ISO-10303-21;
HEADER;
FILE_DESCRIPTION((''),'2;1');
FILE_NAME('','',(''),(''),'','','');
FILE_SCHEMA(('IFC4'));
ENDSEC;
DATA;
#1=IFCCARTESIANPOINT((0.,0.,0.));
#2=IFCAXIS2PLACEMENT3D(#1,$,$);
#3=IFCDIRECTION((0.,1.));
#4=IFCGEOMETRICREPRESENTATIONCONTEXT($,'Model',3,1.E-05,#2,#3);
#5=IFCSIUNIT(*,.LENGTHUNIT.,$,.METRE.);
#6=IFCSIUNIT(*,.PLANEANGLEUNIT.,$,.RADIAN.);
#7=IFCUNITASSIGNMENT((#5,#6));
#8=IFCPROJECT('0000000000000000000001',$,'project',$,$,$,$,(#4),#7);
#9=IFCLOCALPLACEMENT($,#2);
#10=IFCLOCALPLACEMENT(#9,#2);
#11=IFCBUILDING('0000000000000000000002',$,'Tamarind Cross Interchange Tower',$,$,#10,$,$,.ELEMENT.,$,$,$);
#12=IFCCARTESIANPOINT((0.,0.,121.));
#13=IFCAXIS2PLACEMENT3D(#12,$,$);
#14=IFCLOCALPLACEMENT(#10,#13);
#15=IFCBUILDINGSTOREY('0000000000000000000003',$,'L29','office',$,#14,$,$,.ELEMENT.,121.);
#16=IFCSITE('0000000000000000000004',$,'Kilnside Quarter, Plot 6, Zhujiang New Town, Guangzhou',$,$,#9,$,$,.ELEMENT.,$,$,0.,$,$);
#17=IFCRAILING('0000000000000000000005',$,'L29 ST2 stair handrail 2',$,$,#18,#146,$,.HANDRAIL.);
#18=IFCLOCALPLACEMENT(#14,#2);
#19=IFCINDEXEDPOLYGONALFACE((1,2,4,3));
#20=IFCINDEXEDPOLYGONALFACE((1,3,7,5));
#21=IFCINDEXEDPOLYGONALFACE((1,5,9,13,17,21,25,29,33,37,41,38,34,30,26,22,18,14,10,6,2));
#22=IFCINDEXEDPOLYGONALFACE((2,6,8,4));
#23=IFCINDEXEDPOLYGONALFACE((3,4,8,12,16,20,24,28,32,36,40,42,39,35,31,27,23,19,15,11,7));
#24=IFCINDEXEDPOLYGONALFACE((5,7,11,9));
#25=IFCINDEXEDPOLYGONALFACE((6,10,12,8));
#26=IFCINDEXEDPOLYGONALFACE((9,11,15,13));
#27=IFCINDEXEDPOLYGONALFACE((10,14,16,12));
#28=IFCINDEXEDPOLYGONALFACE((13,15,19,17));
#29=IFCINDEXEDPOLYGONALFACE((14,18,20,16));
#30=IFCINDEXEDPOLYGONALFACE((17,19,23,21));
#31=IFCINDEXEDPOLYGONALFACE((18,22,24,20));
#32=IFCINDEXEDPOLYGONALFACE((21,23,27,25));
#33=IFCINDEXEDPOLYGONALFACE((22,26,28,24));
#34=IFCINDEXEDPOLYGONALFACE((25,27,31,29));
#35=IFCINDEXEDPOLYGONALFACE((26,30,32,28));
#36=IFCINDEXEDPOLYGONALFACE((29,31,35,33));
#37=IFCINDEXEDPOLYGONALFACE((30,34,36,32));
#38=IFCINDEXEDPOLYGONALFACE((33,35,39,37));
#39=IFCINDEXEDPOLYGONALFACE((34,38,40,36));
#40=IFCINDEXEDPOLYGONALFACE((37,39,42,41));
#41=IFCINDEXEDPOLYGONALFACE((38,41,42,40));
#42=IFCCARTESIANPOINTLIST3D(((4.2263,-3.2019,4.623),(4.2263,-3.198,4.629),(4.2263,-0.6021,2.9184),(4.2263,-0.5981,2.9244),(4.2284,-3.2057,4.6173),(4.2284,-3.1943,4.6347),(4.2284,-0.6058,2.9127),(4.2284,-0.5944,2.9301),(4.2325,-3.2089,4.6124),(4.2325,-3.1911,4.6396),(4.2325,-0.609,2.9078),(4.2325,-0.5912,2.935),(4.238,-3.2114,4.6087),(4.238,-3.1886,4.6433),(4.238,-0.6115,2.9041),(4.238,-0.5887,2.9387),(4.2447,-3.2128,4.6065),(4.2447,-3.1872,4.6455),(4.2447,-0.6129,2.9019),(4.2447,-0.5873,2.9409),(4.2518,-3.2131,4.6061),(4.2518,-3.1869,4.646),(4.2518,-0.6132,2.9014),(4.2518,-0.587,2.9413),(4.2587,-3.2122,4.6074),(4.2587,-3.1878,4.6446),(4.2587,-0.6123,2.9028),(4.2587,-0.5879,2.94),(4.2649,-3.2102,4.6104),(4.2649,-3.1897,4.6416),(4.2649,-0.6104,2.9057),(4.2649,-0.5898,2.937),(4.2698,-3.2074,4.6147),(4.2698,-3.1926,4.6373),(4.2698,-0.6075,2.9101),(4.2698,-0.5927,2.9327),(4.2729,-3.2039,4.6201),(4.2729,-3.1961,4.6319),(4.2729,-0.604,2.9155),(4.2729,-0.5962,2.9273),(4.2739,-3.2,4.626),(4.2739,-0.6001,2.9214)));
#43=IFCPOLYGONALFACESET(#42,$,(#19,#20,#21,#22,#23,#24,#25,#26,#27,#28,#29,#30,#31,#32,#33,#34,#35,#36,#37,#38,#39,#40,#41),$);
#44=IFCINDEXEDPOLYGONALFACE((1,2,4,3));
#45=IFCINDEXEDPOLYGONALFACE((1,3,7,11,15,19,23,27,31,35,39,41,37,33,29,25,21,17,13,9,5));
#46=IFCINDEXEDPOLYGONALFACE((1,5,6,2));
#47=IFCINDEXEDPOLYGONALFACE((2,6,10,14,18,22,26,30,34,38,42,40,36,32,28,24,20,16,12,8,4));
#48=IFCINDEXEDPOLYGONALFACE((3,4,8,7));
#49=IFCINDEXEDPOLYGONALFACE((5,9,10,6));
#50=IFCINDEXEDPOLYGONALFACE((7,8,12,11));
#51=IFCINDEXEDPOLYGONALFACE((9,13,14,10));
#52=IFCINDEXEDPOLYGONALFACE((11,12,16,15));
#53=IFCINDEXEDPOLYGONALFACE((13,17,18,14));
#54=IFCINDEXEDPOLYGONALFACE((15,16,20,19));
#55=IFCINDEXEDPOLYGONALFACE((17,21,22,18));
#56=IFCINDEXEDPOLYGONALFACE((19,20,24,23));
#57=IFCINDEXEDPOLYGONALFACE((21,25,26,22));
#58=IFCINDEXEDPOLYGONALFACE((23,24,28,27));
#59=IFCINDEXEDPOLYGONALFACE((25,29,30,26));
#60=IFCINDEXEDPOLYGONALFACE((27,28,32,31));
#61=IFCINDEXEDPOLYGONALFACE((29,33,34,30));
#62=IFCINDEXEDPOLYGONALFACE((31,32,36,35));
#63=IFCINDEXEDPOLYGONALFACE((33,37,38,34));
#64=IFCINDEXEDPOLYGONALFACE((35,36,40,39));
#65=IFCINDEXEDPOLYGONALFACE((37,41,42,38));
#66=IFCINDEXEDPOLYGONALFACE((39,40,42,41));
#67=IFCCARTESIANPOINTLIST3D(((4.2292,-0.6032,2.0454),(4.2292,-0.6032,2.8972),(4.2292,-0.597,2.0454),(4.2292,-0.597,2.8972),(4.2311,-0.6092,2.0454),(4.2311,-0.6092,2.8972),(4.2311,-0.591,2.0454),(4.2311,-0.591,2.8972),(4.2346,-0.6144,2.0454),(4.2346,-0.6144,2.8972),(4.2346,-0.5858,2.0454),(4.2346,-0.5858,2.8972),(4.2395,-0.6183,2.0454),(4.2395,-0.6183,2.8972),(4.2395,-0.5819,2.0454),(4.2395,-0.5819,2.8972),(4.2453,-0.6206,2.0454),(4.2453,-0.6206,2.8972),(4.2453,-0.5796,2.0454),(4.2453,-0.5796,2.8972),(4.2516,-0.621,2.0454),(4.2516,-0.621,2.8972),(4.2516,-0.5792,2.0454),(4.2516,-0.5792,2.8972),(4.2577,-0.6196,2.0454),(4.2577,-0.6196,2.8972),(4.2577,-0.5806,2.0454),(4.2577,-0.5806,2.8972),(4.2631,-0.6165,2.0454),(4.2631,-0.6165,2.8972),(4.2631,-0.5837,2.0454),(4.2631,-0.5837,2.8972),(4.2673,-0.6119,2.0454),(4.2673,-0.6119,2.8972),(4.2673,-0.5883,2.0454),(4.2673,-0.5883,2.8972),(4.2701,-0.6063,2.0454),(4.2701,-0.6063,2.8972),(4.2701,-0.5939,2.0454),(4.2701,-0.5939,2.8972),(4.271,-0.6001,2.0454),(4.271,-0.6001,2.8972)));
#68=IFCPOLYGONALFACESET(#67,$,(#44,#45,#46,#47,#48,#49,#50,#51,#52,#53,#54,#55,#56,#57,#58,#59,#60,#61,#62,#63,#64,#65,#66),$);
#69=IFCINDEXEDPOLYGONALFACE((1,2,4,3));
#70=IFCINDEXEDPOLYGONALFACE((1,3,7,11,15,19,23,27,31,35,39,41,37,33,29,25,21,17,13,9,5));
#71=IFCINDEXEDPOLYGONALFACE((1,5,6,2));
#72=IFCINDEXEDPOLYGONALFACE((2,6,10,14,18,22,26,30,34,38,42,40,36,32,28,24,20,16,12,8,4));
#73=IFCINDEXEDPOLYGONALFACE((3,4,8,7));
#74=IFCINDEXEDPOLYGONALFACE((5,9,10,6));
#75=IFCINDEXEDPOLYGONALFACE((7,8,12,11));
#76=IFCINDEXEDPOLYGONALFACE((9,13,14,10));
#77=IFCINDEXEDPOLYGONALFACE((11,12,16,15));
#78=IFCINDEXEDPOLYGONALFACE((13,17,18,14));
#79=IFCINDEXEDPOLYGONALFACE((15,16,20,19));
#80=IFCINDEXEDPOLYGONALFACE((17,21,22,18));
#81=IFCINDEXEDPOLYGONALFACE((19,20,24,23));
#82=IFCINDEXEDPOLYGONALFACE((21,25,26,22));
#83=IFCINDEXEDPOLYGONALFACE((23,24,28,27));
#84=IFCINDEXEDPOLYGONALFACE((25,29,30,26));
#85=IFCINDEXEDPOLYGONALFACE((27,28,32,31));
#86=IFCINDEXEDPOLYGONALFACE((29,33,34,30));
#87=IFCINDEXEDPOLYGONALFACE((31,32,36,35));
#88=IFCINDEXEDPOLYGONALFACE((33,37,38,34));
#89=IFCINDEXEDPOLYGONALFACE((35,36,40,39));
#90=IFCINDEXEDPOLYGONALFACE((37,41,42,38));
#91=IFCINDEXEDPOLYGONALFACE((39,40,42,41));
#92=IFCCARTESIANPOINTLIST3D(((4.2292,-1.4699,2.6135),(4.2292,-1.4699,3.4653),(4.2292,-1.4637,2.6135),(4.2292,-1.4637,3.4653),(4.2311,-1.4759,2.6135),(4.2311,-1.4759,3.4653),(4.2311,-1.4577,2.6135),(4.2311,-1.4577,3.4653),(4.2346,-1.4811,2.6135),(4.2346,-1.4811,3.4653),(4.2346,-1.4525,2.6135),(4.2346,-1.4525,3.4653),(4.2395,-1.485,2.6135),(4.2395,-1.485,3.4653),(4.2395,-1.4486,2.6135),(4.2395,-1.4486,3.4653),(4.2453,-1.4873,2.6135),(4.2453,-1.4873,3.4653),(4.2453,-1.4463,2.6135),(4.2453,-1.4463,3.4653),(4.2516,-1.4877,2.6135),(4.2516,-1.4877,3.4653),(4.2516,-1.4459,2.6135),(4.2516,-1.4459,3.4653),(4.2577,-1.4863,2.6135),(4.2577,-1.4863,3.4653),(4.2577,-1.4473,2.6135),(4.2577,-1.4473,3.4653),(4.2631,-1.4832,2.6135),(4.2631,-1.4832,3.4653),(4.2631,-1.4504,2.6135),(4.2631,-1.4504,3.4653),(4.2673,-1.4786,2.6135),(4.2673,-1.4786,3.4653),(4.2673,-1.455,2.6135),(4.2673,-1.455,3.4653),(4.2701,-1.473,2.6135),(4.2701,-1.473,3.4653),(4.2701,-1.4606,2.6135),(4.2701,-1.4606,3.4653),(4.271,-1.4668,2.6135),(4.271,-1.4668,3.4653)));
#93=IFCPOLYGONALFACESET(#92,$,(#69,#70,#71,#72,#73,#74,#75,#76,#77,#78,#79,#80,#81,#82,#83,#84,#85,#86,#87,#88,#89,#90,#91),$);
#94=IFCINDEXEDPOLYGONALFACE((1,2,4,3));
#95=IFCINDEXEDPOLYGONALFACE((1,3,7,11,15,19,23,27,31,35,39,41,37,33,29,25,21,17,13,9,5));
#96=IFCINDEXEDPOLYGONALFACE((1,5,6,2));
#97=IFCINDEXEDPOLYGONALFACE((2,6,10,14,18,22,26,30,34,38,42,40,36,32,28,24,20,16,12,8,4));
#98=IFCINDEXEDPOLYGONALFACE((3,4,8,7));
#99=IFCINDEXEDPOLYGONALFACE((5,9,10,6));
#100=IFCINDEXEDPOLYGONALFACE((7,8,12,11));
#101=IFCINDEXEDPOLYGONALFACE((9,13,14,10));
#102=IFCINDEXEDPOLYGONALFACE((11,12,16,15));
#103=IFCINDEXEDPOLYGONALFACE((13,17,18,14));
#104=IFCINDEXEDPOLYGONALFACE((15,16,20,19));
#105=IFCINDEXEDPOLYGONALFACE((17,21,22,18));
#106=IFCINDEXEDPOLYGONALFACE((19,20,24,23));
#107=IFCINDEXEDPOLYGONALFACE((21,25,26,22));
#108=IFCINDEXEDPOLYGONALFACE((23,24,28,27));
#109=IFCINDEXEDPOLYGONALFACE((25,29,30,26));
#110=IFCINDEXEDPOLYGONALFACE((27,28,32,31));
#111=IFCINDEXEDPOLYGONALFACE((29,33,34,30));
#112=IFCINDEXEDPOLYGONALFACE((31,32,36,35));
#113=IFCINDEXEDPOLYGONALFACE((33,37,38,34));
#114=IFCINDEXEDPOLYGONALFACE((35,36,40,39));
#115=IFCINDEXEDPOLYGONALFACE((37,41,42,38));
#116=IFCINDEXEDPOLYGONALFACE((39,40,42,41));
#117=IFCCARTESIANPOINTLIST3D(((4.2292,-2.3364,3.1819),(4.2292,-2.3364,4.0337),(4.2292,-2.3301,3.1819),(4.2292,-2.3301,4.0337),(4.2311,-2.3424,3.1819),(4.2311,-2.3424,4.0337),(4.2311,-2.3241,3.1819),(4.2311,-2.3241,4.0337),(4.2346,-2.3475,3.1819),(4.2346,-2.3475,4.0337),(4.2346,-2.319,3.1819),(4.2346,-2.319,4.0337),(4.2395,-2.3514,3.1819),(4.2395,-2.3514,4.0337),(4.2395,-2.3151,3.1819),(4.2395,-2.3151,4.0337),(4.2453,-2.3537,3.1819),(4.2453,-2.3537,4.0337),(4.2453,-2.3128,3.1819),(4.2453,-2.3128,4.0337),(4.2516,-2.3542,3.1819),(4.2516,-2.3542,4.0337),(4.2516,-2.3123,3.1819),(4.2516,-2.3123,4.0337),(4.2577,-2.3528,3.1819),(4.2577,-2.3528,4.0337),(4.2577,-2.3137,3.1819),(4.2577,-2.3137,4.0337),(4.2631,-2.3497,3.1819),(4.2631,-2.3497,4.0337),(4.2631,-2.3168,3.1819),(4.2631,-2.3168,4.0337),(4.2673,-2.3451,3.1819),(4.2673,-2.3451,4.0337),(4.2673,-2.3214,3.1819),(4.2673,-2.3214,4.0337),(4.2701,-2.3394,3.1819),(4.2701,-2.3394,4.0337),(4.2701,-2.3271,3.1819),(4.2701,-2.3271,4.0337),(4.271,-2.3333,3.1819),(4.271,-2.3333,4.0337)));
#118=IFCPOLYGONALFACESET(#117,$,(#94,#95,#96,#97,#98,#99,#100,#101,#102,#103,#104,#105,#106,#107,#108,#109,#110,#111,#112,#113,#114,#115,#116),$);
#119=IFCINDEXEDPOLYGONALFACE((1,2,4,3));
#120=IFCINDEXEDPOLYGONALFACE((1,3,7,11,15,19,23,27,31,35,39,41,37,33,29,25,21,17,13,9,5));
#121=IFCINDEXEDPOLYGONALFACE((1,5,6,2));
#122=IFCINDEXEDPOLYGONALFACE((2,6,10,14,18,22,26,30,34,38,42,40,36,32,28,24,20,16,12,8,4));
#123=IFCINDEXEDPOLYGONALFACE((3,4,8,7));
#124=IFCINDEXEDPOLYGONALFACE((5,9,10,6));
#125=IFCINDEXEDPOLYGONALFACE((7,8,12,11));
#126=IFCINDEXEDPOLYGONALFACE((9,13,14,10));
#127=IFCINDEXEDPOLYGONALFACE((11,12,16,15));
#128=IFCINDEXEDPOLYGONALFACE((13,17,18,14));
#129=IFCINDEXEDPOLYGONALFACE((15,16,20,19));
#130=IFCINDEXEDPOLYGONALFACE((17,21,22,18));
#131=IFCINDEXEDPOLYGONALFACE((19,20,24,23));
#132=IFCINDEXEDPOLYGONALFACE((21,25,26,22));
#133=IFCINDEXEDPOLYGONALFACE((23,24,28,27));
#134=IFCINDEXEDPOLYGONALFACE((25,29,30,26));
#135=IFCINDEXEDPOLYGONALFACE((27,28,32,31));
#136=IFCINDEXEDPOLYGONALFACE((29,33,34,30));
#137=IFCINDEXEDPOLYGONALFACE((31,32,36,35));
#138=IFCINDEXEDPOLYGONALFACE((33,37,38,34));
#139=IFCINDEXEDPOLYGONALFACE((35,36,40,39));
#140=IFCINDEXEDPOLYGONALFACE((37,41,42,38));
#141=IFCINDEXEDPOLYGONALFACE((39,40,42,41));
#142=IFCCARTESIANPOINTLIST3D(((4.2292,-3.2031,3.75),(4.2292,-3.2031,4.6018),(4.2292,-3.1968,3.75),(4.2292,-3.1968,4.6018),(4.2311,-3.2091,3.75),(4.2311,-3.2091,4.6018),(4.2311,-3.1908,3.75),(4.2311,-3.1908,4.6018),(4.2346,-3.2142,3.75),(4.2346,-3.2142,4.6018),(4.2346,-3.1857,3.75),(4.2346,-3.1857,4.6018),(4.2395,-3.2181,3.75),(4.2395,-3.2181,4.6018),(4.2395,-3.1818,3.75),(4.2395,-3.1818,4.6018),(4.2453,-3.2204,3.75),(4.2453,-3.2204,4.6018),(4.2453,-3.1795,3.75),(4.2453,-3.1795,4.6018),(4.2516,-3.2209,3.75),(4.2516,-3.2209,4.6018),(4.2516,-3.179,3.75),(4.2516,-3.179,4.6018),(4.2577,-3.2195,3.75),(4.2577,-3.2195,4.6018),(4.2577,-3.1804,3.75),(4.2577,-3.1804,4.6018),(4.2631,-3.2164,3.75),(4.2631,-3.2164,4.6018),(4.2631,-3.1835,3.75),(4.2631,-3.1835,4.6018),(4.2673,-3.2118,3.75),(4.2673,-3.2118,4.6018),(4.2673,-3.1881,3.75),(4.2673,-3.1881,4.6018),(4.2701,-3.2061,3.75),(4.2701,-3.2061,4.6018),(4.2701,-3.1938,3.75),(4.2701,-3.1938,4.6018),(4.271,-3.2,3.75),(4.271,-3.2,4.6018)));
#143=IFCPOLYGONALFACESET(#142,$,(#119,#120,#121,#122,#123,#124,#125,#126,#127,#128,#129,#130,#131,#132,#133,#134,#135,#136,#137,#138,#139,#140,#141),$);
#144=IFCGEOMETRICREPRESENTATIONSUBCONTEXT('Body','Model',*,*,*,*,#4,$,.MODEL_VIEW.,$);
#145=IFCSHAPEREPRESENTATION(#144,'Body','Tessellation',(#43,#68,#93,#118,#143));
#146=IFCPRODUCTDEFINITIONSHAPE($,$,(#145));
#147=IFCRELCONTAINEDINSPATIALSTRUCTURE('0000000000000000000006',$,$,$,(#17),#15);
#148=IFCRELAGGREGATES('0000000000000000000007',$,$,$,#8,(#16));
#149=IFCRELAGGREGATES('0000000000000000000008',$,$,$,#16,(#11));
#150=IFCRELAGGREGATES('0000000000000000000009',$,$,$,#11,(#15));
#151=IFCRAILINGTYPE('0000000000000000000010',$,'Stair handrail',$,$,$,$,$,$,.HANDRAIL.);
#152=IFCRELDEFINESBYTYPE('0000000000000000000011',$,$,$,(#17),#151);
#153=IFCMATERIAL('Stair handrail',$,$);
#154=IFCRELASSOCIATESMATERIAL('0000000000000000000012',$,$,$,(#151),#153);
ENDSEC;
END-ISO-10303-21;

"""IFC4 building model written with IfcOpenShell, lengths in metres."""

from ifc_helpers import new_model, si_unit, direction, frame, origin, origin_2d, place, context, subcontext, project, spatial, circle, extrude, material, type_object, element, save


model = new_model("IFC4")

# Units and contexts
model_context = context("Model", 3, precision=1e-05, world=origin(), true_north=direction((0.0, 1.0)))
body_context = subcontext(model_context, "Body", "Model", "MODEL_VIEW")
ifc_project = project(units=[si_unit("LENGTHUNIT", "METRE"), si_unit("PLANEANGLEUNIT", "RADIAN")], contexts=[model_context])

# Site, building, storey
site_placement = place(None, origin())
site = spatial("IfcSite", under=ifc_project, at=site_placement, Name="Kilnside Quarter, Plot 6, Zhujiang New Town, Guangzhou", CompositionType="ELEMENT", RefElevation=0.0)
building_placement = place(site_placement, origin())
building = spatial("IfcBuilding", under=site, at=building_placement, Name="Tamarind Cross Interchange Tower", CompositionType="ELEMENT")
storey_placement = place(building_placement, frame((0.0, 0.0, 121.0)))
storey = spatial("IfcBuildingStorey", under=building, at=storey_placement, Name="L29", Description="office", CompositionType="ELEMENT", Elevation=121.0)

# Railing
ifc_material_1 = material(Name="Stair handrail")
railing_type_1 = type_object("IfcRailingType", Name="Stair handrail", PredefinedType="HANDRAIL", material=ifc_material_1)
railing_1_placement = place(storey_placement, frame((4.25, -0.6001, 2.0454)))
element("IfcRailing", 1, at=railing_1_placement, inside=storey, type_object=railing_type_1, Name="L29 ST2 stair handrail 2", PredefinedType="HANDRAIL", context=body_context, shape_type="SweptSolid", body=[
    extrude(circle(Radius=0.0239, at=origin_2d()), frame((0.0, 0.0, 0.876), z_axis=(0.0, -0.836279, 0.548305), x_axis=(1.0, 0.0, 0.0)), (0.0, 0.0, 1.0), 3.1089),
    extrude(circle(Radius=0.021, at=origin_2d()), origin(), (0.0, 0.0, 1.0), 0.8518),
    extrude(circle(Radius=0.021, at=origin_2d()), frame((0.0, -0.8667, 0.5681)), (0.0, 0.0, 1.0), 0.8518),
    extrude(circle(Radius=0.021, at=origin_2d()), frame((0.0, -1.7332, 1.1365)), (0.0, 0.0, 1.0), 0.8518),
    extrude(circle(Radius=0.021, at=origin_2d()), frame((0.0, -2.5999, 1.7046)), (0.0, 0.0, 1.0), 0.8518),
])

save(model, "model.ifc")
